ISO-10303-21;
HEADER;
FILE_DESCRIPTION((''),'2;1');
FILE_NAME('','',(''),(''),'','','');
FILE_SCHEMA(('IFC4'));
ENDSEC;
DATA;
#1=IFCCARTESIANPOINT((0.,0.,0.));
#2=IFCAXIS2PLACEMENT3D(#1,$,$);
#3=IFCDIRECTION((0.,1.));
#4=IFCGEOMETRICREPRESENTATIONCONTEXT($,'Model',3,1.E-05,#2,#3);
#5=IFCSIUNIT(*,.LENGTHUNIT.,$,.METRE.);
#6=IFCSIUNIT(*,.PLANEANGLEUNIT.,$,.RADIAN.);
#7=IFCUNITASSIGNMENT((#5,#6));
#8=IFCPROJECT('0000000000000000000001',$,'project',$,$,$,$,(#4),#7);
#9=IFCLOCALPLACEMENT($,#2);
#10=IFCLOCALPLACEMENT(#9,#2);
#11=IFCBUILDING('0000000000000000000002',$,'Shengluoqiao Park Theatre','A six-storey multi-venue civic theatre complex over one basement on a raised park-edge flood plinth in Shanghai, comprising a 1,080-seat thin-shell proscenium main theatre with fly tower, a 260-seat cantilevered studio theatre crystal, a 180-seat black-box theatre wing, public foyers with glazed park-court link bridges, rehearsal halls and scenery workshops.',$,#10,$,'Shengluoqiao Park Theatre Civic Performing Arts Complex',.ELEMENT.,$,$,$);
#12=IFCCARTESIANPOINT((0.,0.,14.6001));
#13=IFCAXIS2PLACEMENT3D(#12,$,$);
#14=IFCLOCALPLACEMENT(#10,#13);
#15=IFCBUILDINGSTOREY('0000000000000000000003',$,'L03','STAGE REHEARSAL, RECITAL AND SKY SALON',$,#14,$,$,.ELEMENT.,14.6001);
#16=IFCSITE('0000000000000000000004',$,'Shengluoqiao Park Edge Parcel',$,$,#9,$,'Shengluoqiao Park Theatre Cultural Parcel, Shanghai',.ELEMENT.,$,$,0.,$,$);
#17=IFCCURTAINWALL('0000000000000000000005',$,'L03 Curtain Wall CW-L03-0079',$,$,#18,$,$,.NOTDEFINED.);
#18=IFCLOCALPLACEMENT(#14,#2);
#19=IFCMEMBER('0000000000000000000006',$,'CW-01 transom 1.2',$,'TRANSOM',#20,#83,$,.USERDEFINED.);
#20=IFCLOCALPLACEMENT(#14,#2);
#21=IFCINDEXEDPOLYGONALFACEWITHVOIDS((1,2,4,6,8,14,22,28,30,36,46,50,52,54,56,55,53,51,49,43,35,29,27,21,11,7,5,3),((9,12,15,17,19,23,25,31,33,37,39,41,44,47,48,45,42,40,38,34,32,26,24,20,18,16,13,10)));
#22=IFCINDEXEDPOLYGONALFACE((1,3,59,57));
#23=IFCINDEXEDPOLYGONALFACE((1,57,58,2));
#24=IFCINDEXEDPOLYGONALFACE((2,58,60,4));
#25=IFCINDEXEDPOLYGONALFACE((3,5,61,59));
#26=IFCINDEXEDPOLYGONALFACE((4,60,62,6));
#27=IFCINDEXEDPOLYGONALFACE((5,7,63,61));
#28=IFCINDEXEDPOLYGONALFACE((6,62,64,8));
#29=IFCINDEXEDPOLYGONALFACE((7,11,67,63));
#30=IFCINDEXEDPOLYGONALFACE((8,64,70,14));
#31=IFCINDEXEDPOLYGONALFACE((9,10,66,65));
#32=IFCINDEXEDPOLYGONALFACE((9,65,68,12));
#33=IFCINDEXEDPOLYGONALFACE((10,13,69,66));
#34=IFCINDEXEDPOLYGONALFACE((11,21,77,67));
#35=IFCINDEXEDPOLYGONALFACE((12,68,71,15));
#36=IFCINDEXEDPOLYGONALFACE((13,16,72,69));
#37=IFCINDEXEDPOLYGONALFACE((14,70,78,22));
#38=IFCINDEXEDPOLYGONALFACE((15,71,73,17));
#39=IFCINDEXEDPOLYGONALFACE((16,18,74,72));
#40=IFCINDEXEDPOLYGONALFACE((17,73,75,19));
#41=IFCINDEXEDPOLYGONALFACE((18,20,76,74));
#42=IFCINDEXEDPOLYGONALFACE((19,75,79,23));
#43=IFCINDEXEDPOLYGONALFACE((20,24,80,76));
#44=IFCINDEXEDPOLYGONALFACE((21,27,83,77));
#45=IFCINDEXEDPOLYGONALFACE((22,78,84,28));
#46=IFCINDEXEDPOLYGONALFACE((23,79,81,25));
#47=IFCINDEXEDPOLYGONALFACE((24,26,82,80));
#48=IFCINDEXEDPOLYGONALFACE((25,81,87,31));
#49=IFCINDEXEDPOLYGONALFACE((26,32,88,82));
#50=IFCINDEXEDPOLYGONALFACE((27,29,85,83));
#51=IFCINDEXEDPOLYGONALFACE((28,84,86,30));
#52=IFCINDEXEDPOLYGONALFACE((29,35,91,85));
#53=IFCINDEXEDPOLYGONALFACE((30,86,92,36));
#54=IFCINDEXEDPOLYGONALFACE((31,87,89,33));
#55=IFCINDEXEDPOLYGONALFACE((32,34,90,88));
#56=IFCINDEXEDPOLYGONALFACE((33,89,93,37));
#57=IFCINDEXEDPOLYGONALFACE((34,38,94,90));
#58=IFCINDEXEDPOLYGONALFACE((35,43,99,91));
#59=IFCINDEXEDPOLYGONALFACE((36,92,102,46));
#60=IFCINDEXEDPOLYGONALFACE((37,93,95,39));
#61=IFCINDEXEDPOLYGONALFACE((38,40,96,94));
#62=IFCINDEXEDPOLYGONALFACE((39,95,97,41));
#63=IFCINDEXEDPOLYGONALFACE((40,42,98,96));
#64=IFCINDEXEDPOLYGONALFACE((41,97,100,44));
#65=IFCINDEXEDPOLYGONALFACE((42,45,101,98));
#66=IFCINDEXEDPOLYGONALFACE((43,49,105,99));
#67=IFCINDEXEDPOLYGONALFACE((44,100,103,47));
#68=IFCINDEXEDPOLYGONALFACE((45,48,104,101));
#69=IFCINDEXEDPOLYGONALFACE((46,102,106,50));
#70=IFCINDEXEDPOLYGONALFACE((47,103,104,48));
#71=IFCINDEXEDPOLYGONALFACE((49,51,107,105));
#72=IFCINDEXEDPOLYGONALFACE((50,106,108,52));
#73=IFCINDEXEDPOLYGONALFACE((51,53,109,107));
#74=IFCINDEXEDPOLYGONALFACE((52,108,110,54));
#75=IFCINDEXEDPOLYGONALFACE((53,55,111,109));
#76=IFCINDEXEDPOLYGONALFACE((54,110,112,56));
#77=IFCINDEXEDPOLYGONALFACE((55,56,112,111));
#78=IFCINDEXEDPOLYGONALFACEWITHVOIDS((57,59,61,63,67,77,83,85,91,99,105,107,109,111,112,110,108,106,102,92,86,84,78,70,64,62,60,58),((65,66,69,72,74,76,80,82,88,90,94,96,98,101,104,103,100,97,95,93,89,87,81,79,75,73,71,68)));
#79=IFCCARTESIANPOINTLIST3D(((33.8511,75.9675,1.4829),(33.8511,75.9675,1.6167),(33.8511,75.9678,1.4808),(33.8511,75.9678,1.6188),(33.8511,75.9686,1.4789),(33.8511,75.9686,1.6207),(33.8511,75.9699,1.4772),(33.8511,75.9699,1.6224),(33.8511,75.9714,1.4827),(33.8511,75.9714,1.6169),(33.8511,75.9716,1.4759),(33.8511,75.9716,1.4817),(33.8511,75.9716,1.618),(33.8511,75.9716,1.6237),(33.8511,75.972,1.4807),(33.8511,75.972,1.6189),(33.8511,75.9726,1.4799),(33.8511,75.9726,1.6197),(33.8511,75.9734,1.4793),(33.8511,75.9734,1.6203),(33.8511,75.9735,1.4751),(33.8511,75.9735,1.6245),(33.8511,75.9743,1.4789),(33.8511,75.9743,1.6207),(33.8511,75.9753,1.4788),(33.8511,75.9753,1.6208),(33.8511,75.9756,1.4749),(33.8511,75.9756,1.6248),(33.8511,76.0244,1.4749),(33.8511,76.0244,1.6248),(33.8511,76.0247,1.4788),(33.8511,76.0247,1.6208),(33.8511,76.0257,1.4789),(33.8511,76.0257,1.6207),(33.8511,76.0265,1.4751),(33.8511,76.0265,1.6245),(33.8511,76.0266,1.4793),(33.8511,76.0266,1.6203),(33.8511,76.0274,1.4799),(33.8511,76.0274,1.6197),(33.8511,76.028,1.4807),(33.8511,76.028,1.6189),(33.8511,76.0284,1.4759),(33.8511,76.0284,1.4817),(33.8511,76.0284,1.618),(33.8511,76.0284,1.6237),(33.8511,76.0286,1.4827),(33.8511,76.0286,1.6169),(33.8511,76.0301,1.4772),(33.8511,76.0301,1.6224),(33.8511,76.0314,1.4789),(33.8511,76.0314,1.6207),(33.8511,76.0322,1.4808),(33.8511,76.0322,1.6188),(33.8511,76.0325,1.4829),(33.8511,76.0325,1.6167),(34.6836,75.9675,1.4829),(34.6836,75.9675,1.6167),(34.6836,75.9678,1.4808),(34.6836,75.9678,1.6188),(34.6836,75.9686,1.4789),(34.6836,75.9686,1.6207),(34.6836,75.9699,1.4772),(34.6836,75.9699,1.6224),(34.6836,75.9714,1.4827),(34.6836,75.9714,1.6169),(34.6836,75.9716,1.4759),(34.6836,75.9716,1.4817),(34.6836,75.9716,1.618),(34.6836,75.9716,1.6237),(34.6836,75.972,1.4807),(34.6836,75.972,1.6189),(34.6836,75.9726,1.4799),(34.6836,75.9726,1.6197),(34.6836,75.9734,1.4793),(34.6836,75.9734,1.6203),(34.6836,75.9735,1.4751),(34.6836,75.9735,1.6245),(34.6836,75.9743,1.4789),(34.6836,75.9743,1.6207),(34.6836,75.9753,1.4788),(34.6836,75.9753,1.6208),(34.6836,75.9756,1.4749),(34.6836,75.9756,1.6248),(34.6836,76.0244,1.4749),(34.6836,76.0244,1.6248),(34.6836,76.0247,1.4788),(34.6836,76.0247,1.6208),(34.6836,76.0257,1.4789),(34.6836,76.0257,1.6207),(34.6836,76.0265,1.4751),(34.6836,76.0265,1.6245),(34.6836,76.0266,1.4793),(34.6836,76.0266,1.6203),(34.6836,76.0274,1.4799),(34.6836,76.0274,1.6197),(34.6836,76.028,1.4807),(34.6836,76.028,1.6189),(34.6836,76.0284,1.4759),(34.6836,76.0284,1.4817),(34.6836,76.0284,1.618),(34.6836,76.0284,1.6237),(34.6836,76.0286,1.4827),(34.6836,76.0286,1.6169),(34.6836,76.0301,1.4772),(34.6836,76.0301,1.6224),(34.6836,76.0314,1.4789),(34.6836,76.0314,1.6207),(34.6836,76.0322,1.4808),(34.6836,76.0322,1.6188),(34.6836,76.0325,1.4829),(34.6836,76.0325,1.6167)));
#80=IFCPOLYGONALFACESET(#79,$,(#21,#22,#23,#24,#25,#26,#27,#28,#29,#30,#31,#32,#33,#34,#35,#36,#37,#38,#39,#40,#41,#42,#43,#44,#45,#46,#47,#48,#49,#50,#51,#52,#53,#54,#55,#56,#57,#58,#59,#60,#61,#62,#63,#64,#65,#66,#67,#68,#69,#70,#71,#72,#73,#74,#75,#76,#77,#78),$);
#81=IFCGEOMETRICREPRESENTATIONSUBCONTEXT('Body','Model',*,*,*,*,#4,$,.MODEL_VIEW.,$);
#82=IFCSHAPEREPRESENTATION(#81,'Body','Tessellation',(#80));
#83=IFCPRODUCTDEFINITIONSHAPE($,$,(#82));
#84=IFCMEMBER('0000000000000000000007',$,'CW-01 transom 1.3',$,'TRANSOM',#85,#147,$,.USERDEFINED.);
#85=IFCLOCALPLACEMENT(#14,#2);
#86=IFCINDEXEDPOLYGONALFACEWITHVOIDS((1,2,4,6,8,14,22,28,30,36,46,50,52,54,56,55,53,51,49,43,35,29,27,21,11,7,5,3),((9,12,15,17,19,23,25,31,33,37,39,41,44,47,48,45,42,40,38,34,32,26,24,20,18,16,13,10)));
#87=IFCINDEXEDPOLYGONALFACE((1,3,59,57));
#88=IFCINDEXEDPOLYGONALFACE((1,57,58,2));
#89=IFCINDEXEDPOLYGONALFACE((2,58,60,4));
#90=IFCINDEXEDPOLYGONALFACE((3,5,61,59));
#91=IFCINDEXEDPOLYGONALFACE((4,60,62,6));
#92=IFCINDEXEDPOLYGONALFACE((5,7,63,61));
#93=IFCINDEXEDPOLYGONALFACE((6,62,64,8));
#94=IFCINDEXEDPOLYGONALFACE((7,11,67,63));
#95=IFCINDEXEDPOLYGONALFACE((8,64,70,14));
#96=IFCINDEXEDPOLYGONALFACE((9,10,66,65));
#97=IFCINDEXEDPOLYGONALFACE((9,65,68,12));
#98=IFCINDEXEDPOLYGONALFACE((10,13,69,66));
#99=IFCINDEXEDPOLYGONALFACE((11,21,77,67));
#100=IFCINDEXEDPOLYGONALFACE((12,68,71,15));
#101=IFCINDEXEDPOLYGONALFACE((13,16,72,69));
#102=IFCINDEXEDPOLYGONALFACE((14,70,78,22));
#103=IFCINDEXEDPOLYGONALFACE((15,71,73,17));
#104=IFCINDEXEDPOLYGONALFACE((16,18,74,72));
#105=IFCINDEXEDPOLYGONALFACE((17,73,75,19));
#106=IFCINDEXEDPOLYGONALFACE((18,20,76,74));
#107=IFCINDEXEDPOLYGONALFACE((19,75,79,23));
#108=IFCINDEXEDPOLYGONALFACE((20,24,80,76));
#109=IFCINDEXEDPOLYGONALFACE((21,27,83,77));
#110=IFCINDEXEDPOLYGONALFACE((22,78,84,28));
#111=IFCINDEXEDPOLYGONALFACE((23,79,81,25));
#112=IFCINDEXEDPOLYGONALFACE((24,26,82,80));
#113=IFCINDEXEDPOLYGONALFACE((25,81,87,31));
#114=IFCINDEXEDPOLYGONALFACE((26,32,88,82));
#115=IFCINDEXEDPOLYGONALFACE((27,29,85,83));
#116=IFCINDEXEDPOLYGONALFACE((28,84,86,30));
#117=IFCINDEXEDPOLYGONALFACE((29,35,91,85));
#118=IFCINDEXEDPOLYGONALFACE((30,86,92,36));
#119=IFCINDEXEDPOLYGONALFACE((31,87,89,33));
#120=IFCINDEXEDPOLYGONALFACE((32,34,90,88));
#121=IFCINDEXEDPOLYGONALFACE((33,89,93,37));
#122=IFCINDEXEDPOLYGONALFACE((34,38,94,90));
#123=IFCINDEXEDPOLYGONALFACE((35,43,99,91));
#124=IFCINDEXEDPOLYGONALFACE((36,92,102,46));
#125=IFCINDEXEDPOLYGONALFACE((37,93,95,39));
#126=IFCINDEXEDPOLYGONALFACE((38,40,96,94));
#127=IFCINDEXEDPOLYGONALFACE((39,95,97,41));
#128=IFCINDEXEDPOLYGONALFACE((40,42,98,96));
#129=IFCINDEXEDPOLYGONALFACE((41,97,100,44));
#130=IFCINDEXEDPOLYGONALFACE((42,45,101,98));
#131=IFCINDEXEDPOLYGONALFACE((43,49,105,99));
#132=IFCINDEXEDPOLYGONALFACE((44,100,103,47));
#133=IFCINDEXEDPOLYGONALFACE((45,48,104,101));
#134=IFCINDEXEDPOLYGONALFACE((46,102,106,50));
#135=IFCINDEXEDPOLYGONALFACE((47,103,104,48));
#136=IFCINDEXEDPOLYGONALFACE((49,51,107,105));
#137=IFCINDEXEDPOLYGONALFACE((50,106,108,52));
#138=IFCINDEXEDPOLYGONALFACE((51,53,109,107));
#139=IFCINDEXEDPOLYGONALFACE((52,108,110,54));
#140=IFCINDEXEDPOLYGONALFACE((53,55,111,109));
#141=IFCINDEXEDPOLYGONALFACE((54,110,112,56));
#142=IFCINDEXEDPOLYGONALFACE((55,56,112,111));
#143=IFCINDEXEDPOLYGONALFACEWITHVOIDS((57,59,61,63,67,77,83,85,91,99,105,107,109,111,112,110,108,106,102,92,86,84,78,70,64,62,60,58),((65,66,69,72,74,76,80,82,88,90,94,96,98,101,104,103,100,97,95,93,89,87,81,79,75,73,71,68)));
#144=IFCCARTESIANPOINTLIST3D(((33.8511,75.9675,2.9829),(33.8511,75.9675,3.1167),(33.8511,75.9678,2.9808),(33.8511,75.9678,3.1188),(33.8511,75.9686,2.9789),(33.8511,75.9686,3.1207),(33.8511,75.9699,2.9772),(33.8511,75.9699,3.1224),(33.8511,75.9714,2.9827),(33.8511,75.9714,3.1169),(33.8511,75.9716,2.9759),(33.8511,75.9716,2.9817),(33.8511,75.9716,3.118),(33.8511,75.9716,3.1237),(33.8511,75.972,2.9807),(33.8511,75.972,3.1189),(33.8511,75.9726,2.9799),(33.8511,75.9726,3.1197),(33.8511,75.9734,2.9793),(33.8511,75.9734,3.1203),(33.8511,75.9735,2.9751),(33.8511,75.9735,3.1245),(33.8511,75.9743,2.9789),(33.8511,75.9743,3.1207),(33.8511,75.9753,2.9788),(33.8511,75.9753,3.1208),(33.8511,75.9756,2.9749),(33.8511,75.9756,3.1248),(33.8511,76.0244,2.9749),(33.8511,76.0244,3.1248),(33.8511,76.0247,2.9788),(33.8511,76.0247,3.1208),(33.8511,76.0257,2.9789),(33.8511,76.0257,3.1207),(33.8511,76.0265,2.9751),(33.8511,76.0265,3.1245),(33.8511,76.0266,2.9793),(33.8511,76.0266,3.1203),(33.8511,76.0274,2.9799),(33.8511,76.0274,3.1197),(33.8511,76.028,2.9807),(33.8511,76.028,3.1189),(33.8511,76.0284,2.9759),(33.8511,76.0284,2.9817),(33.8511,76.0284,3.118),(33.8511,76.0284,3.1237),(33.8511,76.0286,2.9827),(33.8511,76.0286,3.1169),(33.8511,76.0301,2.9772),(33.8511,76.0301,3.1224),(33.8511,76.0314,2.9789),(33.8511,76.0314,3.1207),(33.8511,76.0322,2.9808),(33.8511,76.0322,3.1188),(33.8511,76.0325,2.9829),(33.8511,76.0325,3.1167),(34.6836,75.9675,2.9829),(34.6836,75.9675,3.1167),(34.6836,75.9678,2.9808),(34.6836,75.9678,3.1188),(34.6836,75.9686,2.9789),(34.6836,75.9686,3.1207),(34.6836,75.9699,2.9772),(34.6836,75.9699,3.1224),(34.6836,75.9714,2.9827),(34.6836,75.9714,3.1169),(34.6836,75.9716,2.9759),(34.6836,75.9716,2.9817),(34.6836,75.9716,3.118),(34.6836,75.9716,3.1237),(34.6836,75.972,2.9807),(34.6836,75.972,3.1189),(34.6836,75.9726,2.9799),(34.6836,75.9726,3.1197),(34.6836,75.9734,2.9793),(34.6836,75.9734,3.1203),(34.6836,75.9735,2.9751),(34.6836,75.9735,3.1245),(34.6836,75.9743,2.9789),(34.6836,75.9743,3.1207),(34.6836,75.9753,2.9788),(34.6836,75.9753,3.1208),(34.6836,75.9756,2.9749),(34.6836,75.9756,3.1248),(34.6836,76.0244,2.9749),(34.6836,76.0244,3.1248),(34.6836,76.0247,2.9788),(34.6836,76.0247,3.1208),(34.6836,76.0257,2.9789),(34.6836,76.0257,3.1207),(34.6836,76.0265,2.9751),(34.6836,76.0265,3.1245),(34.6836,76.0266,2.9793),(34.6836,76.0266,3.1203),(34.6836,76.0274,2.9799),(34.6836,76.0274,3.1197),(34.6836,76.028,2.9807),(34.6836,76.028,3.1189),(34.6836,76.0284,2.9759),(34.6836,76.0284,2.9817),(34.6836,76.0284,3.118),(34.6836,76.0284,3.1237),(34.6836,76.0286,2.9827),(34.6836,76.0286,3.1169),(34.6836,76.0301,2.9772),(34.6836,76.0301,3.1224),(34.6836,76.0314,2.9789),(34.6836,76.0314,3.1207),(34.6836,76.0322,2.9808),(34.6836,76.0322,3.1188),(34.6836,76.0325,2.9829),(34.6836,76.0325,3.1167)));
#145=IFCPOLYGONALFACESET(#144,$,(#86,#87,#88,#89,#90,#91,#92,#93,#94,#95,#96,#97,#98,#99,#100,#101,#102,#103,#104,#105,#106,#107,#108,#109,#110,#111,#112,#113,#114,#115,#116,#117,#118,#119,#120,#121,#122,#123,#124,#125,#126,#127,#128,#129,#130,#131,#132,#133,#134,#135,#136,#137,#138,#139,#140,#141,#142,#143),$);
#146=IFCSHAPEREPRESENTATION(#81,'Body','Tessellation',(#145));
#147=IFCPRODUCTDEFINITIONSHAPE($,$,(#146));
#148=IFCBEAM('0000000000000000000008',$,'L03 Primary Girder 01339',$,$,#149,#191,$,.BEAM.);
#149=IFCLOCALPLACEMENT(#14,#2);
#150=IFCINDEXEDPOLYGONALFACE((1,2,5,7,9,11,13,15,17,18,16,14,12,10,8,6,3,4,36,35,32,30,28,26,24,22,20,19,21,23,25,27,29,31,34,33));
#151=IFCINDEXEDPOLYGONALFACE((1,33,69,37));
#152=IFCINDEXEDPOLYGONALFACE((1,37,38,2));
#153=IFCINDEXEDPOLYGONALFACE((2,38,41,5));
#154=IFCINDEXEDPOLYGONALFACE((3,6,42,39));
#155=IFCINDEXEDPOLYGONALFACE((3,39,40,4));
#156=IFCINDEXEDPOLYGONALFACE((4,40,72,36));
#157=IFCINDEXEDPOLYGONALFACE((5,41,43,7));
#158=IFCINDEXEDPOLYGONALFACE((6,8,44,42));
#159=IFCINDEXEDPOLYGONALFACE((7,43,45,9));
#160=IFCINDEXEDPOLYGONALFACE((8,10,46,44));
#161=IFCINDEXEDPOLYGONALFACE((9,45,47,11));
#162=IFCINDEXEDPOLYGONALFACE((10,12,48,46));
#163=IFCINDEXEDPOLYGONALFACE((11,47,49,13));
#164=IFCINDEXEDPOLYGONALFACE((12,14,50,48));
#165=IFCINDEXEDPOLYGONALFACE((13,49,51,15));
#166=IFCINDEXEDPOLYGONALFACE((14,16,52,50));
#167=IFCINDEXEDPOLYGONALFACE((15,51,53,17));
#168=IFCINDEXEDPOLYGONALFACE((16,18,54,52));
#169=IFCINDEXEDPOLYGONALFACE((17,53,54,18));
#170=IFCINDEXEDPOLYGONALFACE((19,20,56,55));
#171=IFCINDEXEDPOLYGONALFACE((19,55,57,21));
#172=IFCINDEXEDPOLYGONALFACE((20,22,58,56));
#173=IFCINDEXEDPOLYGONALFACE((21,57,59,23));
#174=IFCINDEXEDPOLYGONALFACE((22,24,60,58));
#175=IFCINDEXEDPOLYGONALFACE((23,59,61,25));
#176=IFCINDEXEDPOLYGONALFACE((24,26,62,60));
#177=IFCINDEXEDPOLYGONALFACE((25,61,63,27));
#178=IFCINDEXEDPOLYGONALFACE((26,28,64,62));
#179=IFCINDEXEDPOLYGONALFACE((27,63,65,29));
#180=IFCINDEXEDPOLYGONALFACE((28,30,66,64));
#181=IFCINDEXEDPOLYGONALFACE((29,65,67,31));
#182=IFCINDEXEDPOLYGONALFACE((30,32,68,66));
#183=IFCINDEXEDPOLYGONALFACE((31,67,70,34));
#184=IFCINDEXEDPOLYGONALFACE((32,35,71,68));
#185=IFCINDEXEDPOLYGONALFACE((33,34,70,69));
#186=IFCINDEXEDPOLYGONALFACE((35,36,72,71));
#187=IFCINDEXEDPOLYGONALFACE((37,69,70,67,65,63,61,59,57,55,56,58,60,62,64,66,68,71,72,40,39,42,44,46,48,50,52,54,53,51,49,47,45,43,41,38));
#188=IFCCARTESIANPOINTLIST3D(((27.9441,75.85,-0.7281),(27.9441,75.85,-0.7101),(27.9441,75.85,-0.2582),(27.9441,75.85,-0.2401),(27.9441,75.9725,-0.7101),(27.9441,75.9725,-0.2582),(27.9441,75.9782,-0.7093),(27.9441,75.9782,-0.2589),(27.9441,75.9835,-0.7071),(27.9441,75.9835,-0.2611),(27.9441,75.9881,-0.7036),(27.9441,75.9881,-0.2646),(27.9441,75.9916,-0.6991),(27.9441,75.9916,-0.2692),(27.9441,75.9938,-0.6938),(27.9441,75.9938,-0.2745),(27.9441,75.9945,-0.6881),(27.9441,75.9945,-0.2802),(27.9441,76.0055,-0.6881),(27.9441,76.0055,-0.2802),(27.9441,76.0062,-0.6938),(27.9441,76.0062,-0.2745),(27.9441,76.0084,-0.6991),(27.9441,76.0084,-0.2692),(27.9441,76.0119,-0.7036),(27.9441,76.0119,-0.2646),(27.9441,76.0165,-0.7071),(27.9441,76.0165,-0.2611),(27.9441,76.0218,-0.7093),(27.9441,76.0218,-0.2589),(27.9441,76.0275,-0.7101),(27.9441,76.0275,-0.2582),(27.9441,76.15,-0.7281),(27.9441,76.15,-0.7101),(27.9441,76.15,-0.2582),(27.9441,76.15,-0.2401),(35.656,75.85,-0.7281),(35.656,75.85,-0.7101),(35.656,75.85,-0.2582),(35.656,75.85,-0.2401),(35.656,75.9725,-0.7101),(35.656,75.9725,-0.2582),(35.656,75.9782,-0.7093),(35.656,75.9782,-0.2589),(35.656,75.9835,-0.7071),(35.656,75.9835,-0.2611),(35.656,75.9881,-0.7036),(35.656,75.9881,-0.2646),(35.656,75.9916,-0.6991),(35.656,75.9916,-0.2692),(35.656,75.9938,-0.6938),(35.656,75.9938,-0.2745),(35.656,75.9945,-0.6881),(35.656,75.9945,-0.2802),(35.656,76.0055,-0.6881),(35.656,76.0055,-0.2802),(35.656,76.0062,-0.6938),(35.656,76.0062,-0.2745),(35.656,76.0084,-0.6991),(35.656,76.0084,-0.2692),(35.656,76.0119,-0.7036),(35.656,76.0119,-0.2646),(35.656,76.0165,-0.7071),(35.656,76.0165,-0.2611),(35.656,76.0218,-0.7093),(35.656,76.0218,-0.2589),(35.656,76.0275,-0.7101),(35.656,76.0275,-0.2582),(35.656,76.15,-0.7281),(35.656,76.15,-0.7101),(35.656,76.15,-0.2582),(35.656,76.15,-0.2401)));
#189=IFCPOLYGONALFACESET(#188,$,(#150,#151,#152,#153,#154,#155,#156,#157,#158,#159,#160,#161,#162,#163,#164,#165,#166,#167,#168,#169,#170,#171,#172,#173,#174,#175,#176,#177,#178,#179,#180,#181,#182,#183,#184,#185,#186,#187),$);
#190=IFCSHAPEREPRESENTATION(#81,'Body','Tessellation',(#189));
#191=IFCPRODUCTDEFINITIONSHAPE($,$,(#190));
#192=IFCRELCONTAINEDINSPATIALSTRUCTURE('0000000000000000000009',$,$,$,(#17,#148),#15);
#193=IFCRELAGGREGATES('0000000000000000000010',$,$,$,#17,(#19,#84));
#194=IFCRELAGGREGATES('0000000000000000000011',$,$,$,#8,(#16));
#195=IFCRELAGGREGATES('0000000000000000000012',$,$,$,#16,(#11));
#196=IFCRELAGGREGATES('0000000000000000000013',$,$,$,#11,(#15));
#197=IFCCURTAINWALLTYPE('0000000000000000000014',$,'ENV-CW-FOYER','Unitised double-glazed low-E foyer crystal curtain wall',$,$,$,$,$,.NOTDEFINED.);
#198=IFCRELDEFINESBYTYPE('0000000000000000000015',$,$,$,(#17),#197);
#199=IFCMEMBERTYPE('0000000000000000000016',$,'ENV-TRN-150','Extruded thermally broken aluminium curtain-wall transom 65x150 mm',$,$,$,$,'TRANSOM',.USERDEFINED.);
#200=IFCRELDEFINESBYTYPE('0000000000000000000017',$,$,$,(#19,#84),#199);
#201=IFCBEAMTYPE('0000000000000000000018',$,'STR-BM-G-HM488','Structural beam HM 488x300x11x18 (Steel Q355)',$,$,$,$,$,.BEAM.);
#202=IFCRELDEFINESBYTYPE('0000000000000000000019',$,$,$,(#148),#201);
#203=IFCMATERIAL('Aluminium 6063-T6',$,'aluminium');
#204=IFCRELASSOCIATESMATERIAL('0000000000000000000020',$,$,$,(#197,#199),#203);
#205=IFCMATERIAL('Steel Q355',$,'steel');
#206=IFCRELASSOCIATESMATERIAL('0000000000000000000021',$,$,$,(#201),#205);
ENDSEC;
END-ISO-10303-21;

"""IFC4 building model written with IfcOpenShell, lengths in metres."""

from ifc_helpers import new_model, si_unit, direction, frame, origin, origin_2d, place, context, subcontext, project, spatial, hollow_rectangle, i_section, extrude, material, material_profile, profile_set, type_object, element, aggregate, save


model = new_model("IFC4")

# Units and contexts
model_context = context("Model", 3, precision=1e-05, world=origin(), true_north=direction((0.0, 1.0)))
body_context = subcontext(model_context, "Body", "Model", "MODEL_VIEW")
ifc_project = project(units=[si_unit("LENGTHUNIT", "METRE"), si_unit("PLANEANGLEUNIT", "RADIAN")], contexts=[model_context])

# Site, building, storey
site_placement = place(None, origin())
site = spatial("IfcSite", under=ifc_project, at=site_placement, Name="Shengluoqiao Park Edge Parcel", LongName="Shengluoqiao Park Theatre Cultural Parcel, Shanghai", CompositionType="ELEMENT", RefElevation=0.0)
building_placement = place(site_placement, origin())
building = spatial("IfcBuilding", under=site, at=building_placement, Name="Shengluoqiao Park Theatre", Description="A six-storey multi-venue civic theatre complex over one basement on a raised park-edge flood plinth in Shanghai, comprising a 1,080-seat thin-shell proscenium main theatre with fly tower, a 260-seat cantilevered studio theatre crystal, a 180-seat black-box theatre wing, public foyers with glazed park-court link bridges, rehearsal halls and scenery workshops.", LongName="Shengluoqiao Park Theatre Civic Performing Arts Complex", CompositionType="ELEMENT")
storey_placement = place(building_placement, frame((0.0, 0.0, 14.6001)))
storey = spatial("IfcBuildingStorey", under=building, at=storey_placement, Name="L03", Description="STAGE REHEARSAL, RECITAL AND SKY SALON", CompositionType="ELEMENT", Elevation=14.6001)

# Shared definitions
ifc_material_1 = material(Name="Aluminium 6063-T6", Category="aluminium")
curtain_wall_type = type_object("IfcCurtainWallType", Name="ENV-CW-FOYER", Description="Unitised double-glazed low-E foyer crystal curtain wall", PredefinedType="NOTDEFINED", material=ifc_material_1)

# Curtain wall
curtain_wall_1_placement = place(storey_placement, origin())
curtain_wall_1 = element("IfcCurtainWall", 1, at=curtain_wall_1_placement, inside=storey, type_object=curtain_wall_type, Name="L03 Curtain Wall CW-L03-0079", PredefinedType="NOTDEFINED")

# Members
ifc_material_profile_1 = material_profile(ifc_material_1, hollow_rectangle(XDim=0.0649, YDim=0.1499, WallThickness=0.0039, InnerFilletRadius=0.0039, OuterFilletRadius=0.0081, at=origin_2d()), Name="ALU TRANSOM 150x65x4")
ifc_profile_set_1 = profile_set([ifc_material_profile_1], Name="Aluminium 6063-T6")
member_type_1 = type_object("IfcMemberType", Name="ENV-TRN-150", Description="Extruded thermally broken aluminium curtain-wall transom 65x150 mm", ElementType="TRANSOM", PredefinedType="USERDEFINED", material=ifc_profile_set_1)
member_1_placement = place(storey_placement, frame((33.8511, 76.0, 1.5498), z_axis=(1.0, 0.0, 0.0), x_axis=(0.0, 1.0, 0.0)))
member_1 = element("IfcMember", 2, at=member_1_placement, type_object=member_type_1, Name="CW-01 transom 1.2", ObjectType="TRANSOM", PredefinedType="USERDEFINED", context=body_context, shape_type="SweptSolid", body=[
    extrude(hollow_rectangle(XDim=0.0649, YDim=0.1499, WallThickness=0.0039, InnerFilletRadius=0.0039, OuterFilletRadius=0.0081, at=origin_2d()), origin(), (0.0, 0.0, 1.0), 0.8325),
])
member_2_placement = place(storey_placement, frame((33.8511, 76.0, 3.0498), z_axis=(1.0, 0.0, 0.0), x_axis=(0.0, 1.0, 0.0)))
member_2 = element("IfcMember", 3, at=member_2_placement, type_object=member_type_1, Name="CW-01 transom 1.3", ObjectType="TRANSOM", PredefinedType="USERDEFINED", context=body_context, shape_type="SweptSolid", body=[
    extrude(hollow_rectangle(XDim=0.0649, YDim=0.1499, WallThickness=0.0039, InnerFilletRadius=0.0039, OuterFilletRadius=0.0081, at=origin_2d()), origin(), (0.0, 0.0, 1.0), 0.8325),
])
aggregate(curtain_wall_1, [member_1, member_2])

# Beam
ifc_material_2 = material(Name="Steel Q355", Category="steel")
ifc_material_profile_2 = material_profile(ifc_material_2, i_section(OverallWidth=0.3, OverallDepth=0.488, WebThickness=0.011, FlangeThickness=0.0181, FilletRadius=0.022, at=origin_2d()), Name="HM 488x300x11x18")
ifc_profile_set_2 = profile_set([ifc_material_profile_2], Name="Steel Q355")
beam_type = type_object("IfcBeamType", Name="STR-BM-G-HM488", Description="Structural beam HM 488x300x11x18 (Steel Q355)", PredefinedType="BEAM", material=ifc_profile_set_2)
beam_placement = place(storey_placement, frame((27.9441, 76.0, -0.4841), z_axis=(1.0, 0.0, 0.0), x_axis=(0.0, 1.0, 0.0)))
element("IfcBeam", 4, at=beam_placement, inside=storey, type_object=beam_type, Name="L03 Primary Girder 01339", PredefinedType="BEAM", context=body_context, shape_type="SweptSolid", body=[
    extrude(i_section(OverallWidth=0.3, OverallDepth=0.488, WebThickness=0.011, FlangeThickness=0.0181, FilletRadius=0.022, at=origin_2d()), origin(), (0.0, 0.0, 1.0), 7.7119),
])

save(model, "model.ifc")
